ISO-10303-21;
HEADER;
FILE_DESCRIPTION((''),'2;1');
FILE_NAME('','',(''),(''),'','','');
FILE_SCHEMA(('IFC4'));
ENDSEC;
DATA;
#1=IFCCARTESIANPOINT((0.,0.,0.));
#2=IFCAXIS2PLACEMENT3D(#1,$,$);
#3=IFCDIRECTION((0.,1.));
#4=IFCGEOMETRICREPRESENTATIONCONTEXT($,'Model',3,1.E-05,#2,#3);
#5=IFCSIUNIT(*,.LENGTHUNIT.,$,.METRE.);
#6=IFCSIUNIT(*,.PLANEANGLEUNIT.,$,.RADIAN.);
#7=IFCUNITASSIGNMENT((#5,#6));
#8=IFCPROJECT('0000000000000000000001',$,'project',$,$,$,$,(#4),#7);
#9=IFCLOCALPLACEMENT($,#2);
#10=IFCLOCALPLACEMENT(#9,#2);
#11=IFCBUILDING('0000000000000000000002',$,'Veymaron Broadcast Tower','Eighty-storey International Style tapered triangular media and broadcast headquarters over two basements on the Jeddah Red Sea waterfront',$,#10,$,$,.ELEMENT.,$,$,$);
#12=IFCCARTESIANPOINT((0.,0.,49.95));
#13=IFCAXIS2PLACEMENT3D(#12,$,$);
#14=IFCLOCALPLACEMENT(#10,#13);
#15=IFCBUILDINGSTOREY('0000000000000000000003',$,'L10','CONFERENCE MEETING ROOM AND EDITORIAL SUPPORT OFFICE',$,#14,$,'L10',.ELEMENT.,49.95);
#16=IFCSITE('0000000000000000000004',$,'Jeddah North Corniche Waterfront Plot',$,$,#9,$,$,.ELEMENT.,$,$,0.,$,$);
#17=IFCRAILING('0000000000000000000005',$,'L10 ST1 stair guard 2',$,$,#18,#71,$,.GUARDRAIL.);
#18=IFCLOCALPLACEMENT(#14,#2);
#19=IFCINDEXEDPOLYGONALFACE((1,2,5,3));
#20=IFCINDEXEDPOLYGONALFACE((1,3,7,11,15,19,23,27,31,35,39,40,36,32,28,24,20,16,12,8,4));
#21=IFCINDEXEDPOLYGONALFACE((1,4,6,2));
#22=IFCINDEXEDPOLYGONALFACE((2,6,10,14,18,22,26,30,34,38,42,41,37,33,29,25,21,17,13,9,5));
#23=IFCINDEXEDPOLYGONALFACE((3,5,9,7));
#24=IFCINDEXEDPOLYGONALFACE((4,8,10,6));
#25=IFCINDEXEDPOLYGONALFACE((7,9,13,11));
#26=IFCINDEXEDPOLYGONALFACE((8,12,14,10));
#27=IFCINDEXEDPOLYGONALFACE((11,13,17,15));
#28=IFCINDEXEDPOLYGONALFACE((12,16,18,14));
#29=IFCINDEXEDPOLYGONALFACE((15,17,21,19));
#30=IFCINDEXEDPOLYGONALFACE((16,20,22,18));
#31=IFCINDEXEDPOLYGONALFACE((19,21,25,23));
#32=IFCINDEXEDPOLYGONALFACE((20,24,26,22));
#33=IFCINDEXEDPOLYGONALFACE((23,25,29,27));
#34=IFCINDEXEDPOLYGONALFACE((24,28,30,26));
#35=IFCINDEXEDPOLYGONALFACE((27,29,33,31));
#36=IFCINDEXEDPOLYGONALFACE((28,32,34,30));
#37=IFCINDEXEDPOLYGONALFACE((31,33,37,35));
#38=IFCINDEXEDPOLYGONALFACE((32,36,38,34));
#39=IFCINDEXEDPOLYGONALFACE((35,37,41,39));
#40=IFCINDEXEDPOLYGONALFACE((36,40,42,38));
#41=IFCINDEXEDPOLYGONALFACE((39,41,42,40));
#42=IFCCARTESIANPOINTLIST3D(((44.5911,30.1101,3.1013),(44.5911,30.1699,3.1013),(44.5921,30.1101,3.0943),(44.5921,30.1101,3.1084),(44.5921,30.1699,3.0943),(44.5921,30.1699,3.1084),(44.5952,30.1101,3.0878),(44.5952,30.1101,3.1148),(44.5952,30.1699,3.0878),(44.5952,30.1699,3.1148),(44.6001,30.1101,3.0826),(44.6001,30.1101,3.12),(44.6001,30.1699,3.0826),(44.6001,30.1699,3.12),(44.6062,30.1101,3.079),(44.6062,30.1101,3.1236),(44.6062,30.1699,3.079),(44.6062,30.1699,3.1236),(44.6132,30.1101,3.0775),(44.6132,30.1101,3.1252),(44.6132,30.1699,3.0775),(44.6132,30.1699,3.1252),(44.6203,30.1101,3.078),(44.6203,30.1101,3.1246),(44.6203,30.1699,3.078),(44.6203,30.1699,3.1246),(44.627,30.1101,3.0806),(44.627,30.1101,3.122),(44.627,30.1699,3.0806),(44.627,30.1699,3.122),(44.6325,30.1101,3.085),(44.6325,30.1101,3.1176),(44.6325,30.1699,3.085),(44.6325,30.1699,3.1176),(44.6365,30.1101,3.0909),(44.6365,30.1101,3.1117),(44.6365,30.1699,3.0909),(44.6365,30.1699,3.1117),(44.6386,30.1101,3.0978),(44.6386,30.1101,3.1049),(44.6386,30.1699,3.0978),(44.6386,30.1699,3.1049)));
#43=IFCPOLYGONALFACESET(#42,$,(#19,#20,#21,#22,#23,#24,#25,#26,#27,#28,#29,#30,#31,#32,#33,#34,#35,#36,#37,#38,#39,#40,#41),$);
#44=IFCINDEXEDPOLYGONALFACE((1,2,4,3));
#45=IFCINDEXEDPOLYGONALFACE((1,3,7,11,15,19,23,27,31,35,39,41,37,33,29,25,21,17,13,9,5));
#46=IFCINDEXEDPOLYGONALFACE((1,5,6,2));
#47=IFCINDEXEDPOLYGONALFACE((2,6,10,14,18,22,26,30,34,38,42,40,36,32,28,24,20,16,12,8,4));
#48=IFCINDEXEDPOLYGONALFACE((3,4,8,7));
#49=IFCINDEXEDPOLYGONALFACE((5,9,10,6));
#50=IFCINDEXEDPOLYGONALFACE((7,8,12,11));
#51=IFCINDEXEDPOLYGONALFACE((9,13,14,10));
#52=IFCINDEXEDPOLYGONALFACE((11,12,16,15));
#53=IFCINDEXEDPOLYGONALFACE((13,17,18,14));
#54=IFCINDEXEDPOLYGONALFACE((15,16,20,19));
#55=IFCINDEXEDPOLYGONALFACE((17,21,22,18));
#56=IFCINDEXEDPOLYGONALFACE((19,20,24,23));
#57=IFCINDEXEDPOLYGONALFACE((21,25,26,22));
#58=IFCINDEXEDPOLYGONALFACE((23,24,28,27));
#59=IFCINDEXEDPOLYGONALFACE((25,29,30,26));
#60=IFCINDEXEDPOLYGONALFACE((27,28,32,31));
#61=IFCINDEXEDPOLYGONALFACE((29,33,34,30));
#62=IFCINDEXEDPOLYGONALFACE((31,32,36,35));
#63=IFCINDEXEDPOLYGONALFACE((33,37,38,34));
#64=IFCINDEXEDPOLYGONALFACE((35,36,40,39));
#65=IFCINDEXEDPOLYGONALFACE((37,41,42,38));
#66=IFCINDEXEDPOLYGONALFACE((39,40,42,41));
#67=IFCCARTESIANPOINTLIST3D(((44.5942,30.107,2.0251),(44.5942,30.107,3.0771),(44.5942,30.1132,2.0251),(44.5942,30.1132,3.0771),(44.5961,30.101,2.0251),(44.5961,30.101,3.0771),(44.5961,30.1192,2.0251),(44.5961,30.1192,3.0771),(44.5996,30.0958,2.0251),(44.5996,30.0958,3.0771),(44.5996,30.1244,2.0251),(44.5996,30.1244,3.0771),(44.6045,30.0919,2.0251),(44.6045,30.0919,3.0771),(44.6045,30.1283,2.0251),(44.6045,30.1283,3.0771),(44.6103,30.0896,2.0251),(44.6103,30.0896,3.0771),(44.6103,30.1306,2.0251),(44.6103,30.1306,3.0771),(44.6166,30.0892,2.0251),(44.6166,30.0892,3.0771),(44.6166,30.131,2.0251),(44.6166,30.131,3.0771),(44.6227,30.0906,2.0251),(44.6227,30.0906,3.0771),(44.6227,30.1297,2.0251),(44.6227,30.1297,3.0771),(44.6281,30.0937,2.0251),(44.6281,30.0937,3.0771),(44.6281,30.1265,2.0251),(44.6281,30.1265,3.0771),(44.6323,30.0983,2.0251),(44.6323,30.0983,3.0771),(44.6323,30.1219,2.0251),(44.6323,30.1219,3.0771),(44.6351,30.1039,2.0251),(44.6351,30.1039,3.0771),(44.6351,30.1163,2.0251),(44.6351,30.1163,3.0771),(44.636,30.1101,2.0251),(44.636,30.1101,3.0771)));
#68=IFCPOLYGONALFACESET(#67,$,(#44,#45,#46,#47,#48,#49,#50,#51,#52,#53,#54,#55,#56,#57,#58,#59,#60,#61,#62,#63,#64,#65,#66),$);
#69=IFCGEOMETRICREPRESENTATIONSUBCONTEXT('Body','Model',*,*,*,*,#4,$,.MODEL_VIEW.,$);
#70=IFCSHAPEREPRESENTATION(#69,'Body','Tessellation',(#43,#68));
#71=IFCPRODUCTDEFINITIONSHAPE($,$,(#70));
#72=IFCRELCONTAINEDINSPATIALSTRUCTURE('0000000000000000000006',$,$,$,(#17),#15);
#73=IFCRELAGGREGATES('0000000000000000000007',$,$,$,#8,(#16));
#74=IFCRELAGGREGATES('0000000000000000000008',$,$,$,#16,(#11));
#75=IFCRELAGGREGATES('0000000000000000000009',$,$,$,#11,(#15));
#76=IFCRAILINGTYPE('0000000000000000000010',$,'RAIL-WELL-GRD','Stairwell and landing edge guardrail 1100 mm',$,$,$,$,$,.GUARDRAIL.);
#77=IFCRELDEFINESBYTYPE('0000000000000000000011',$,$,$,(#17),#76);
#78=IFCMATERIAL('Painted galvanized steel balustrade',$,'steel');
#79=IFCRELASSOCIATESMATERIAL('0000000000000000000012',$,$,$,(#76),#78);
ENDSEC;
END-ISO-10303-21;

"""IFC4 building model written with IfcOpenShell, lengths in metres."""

from ifc_helpers import new_model, si_unit, direction, frame, origin, origin_2d, place, context, subcontext, project, spatial, circle, extrude, material, type_object, element, save


model = new_model("IFC4")

# Units and contexts
model_context = context("Model", 3, precision=1e-05, world=origin(), true_north=direction((0.0, 1.0)))
body_context = subcontext(model_context, "Body", "Model", "MODEL_VIEW")
ifc_project = project(units=[si_unit("LENGTHUNIT", "METRE"), si_unit("PLANEANGLEUNIT", "RADIAN")], contexts=[model_context])

# Site, building, storey
site_placement = place(None, origin())
site = spatial("IfcSite", under=ifc_project, at=site_placement, Name="Jeddah North Corniche Waterfront Plot", CompositionType="ELEMENT", RefElevation=0.0)
building_placement = place(site_placement, origin())
building = spatial("IfcBuilding", under=site, at=building_placement, Name="Veymaron Broadcast Tower", Description="Eighty-storey International Style tapered triangular media and broadcast headquarters over two basements on the Jeddah Red Sea waterfront", CompositionType="ELEMENT")
storey_placement = place(building_placement, frame((0.0, 0.0, 49.95)))
storey = spatial("IfcBuildingStorey", under=building, at=storey_placement, Name="L10", Description="CONFERENCE MEETING ROOM AND EDITORIAL SUPPORT OFFICE", LongName="L10", CompositionType="ELEMENT", Elevation=49.95)

# Railing
ifc_material_1 = material(Name="Painted galvanized steel balustrade", Category="steel")
railing_type_1 = type_object("IfcRailingType", Name="RAIL-WELL-GRD", Description="Stairwell and landing edge guardrail 1100 mm", PredefinedType="GUARDRAIL", material=ifc_material_1)
railing_1_placement = place(storey_placement, frame((44.615, 30.1101, 2.0251)))
element("IfcRailing", 1, at=railing_1_placement, inside=storey, type_object=railing_type_1, Name="L10 ST1 stair guard 2", PredefinedType="GUARDRAIL", context=body_context, shape_type="SweptSolid", body=[
    extrude(circle(Radius=0.0239, at=origin_2d()), frame((0.0, 0.0, 1.0762), z_axis=(0.0, 1.0, 0.0), x_axis=(-1.0, 0.0, 0.0)), (0.0, 0.0, 1.0), 0.0598),
    extrude(circle(Radius=0.021, at=origin_2d()), origin(), (0.0, 0.0, 1.0), 1.052),
])

save(model, "model.ifc")
